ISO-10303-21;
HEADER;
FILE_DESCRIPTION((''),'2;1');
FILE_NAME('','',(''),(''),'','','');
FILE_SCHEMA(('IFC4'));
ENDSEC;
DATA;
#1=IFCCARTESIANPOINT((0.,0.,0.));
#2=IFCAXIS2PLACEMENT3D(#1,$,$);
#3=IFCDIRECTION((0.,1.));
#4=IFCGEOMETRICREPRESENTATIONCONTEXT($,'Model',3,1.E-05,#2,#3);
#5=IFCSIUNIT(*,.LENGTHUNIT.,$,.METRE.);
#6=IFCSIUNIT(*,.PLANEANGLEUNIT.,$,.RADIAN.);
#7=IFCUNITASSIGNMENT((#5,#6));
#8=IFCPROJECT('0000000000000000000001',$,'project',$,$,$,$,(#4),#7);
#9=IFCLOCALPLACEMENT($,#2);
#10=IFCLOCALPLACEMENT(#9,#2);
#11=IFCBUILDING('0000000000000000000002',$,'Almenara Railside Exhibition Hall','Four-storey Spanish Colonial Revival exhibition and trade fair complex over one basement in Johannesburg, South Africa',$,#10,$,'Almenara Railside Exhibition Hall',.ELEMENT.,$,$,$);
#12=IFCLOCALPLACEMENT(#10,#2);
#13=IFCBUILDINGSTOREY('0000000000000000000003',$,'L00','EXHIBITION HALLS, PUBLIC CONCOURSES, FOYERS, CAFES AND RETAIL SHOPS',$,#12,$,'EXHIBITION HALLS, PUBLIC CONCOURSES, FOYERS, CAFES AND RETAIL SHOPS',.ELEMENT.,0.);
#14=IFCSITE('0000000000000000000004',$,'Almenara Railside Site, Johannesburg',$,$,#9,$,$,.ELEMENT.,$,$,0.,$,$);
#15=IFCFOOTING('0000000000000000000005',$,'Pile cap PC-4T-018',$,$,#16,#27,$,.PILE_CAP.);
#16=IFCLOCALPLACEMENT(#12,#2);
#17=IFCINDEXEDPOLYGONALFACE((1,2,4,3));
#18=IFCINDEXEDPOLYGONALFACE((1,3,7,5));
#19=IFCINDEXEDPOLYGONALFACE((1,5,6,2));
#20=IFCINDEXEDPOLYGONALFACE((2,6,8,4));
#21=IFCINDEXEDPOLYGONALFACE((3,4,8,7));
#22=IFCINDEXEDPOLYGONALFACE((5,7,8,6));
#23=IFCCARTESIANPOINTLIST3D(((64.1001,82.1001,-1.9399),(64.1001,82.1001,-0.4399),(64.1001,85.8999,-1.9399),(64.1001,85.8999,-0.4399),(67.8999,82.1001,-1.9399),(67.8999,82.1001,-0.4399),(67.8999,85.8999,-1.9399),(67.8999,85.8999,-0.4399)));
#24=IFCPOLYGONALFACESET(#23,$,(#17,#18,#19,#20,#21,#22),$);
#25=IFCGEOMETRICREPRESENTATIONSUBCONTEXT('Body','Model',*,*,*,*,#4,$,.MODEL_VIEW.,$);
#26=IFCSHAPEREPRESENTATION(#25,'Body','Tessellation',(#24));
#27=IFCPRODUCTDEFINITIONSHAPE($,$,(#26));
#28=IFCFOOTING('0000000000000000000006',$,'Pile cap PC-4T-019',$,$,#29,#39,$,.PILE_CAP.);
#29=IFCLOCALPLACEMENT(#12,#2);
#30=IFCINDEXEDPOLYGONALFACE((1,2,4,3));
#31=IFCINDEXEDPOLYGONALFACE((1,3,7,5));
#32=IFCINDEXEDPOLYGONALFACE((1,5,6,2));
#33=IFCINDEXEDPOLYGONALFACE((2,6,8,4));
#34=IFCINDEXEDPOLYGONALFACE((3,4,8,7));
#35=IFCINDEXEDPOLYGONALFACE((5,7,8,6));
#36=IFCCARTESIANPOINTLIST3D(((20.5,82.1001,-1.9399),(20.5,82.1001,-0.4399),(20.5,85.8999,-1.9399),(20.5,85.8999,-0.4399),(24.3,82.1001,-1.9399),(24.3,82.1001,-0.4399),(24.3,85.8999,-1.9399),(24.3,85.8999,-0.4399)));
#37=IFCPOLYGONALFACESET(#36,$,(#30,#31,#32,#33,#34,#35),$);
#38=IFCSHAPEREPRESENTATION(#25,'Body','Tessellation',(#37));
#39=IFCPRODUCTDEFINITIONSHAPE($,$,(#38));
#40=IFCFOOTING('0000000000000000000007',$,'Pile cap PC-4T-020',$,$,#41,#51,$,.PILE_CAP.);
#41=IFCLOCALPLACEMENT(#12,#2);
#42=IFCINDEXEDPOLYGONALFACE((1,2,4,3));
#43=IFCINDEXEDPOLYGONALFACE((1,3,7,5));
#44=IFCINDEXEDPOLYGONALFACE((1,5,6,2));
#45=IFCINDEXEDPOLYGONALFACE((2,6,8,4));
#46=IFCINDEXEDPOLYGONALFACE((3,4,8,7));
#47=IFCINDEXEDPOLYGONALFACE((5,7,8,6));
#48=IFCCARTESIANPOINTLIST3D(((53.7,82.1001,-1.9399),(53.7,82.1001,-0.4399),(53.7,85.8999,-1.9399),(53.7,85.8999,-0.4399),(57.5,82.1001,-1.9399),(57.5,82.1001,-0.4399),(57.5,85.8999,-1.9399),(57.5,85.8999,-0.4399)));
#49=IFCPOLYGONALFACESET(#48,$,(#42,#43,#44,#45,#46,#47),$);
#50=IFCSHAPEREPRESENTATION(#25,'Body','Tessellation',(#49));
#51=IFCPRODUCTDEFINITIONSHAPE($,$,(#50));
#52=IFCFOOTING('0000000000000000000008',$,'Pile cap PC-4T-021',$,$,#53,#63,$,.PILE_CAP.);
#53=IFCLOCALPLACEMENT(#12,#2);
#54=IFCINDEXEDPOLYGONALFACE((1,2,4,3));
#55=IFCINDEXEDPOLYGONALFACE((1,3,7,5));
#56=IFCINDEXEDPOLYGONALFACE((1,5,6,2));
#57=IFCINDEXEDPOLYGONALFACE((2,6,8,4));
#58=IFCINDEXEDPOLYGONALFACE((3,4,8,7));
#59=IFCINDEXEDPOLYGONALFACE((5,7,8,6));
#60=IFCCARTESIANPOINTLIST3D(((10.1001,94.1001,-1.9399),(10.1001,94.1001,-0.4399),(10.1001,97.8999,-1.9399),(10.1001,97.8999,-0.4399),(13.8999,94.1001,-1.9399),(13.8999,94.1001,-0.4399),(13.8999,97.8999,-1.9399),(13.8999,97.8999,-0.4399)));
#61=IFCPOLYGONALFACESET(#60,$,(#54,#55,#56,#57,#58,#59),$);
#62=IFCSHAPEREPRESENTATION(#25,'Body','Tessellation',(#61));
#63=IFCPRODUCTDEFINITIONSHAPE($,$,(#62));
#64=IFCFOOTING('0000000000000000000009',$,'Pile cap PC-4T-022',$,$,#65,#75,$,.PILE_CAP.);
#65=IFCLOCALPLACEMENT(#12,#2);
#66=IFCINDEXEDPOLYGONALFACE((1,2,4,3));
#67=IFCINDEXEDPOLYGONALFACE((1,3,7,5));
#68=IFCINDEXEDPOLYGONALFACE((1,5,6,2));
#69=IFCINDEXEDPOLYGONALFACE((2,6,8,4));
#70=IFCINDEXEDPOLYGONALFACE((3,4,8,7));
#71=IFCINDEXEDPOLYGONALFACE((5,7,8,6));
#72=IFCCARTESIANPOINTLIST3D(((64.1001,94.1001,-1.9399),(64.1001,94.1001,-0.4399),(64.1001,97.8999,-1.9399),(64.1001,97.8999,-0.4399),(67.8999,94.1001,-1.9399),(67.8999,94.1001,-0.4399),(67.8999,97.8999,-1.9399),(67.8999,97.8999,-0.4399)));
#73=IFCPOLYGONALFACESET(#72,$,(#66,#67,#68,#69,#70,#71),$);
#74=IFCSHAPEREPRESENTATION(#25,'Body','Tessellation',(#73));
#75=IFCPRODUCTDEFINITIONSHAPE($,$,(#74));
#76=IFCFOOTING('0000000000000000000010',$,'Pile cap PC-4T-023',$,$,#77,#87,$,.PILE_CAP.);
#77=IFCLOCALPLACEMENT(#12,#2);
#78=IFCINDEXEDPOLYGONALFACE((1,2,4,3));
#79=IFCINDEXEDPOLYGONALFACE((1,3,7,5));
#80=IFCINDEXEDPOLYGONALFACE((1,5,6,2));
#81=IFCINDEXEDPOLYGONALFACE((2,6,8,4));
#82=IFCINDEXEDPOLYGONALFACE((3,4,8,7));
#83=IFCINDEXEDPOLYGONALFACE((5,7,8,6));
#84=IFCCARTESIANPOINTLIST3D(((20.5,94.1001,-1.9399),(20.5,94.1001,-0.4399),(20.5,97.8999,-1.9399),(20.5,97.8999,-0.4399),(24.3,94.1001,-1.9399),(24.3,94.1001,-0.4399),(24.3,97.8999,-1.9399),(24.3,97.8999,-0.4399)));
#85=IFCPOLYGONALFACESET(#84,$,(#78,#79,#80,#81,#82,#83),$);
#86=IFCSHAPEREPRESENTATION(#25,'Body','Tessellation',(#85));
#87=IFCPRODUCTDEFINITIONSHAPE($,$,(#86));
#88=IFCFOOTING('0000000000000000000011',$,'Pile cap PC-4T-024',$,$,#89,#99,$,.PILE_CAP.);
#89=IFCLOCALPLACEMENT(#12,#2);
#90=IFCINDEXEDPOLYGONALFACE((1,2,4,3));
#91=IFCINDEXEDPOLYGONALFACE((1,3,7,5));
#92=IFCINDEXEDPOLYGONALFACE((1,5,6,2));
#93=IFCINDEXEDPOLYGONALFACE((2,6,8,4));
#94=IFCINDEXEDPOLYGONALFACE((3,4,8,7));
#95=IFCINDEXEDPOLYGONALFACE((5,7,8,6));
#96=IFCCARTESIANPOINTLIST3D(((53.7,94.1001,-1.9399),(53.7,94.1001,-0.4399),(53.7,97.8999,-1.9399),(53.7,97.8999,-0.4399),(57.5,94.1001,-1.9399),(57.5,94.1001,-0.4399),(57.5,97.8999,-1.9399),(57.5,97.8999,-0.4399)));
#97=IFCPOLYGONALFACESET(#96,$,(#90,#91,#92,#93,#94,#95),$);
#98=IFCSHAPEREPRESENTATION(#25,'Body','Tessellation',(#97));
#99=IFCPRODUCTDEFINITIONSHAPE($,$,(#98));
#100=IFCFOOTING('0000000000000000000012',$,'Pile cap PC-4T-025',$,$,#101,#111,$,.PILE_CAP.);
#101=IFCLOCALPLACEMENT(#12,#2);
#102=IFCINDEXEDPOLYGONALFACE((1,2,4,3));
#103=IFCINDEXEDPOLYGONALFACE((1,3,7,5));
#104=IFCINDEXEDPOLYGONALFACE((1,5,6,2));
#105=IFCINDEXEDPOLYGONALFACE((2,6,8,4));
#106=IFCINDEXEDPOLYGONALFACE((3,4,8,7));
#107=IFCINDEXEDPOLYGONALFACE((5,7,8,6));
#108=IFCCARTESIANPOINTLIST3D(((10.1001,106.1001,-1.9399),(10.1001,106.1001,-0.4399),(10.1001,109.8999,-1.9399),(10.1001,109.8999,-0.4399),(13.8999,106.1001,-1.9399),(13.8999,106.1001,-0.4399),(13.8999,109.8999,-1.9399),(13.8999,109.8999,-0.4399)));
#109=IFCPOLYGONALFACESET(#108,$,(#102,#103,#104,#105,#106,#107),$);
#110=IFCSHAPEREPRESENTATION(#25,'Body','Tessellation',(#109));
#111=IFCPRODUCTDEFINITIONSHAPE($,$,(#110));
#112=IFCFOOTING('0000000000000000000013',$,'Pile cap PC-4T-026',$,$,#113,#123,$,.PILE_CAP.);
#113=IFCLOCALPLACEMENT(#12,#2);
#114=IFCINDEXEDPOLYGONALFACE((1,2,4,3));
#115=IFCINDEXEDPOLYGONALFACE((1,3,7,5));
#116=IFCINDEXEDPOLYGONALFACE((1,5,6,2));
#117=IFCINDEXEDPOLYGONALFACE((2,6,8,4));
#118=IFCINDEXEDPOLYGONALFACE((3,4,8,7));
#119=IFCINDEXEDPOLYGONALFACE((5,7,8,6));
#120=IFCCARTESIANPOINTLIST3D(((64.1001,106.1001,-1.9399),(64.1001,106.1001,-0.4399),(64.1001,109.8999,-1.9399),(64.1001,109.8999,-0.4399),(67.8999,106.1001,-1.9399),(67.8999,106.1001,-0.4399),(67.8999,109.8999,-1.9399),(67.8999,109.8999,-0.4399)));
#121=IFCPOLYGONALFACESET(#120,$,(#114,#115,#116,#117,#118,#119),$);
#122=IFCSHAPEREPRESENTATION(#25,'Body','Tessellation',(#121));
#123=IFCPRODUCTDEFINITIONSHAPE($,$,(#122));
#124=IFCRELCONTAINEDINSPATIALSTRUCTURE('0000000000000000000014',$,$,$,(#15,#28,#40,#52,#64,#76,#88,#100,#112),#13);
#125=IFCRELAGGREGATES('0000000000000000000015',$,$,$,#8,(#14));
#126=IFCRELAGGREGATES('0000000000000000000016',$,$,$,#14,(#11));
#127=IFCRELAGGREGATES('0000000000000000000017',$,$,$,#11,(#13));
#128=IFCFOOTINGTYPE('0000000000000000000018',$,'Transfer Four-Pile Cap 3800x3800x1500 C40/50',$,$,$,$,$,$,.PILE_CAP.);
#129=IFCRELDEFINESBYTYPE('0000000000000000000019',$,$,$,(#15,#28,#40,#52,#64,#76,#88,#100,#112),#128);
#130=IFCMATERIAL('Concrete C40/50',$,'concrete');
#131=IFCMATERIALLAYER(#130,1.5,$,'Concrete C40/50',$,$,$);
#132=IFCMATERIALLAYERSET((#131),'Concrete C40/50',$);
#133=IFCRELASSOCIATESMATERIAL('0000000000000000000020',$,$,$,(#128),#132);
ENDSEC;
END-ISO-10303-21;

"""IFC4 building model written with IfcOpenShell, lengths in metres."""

from ifc_helpers import new_model, si_unit, direction, frame, origin, place, context, subcontext, project, spatial, polyline, outline, extrude, material, layer, layer_set, type_object, element, save


model = new_model("IFC4")

# Units and contexts
model_context = context("Model", 3, precision=1e-05, world=origin(), true_north=direction((0.0, 1.0)))
body_context = subcontext(model_context, "Body", "Model", "MODEL_VIEW")
ifc_project = project(units=[si_unit("LENGTHUNIT", "METRE"), si_unit("PLANEANGLEUNIT", "RADIAN")], contexts=[model_context])

# Site, building, storey
site_placement = place(None, origin())
site = spatial("IfcSite", under=ifc_project, at=site_placement, Name="Almenara Railside Site, Johannesburg", CompositionType="ELEMENT", RefElevation=0.0)
building_placement = place(site_placement, origin())
building = spatial("IfcBuilding", under=site, at=building_placement, Name="Almenara Railside Exhibition Hall", Description="Four-storey Spanish Colonial Revival exhibition and trade fair complex over one basement in Johannesburg, South Africa", LongName="Almenara Railside Exhibition Hall", CompositionType="ELEMENT")
storey_placement = place(building_placement, origin())
storey = spatial("IfcBuildingStorey", under=building, at=storey_placement, Name="L00", Description="EXHIBITION HALLS, PUBLIC CONCOURSES, FOYERS, CAFES AND RETAIL SHOPS", LongName="EXHIBITION HALLS, PUBLIC CONCOURSES, FOYERS, CAFES AND RETAIL SHOPS", CompositionType="ELEMENT", Elevation=0.0)

# Footings
ifc_material = material(Name="Concrete C40/50", Category="concrete")
ifc_layer_1 = layer(ifc_material, 1.5, Name="Concrete C40/50")
ifc_layer_set_1 = layer_set([ifc_layer_1], Name="Concrete C40/50")
footing_type_1 = type_object("IfcFootingType", Name="Transfer Four-Pile Cap 3800x3800x1500 C40/50", PredefinedType="PILE_CAP", material=ifc_layer_set_1)
footing_1_placement = place(storey_placement, frame((0.0, 0.0, -1.9399)))
element("IfcFooting", 1, at=footing_1_placement, inside=storey, type_object=footing_type_1, Name="Pile cap PC-4T-018", PredefinedType="PILE_CAP", context=body_context, shape_type="SweptSolid", body=[
    extrude(outline(polyline([(64.1001, 82.1001), (67.8999, 82.1001), (67.8999, 85.8999), (64.1001, 85.8999), (64.1001, 82.1001)])), origin(), (0.0, 0.0, 1.0), 1.5),
])
footing_2_placement = place(storey_placement, frame((0.0, 0.0, -1.9399)))
element("IfcFooting", 2, at=footing_2_placement, inside=storey, type_object=footing_type_1, Name="Pile cap PC-4T-019", PredefinedType="PILE_CAP", context=body_context, shape_type="SweptSolid", body=[
    extrude(outline(polyline([(20.5, 82.1001), (24.3, 82.1001), (24.3, 85.8999), (20.5, 85.8999), (20.5, 82.1001)])), origin(), (0.0, 0.0, 1.0), 1.5),
])
footing_3_placement = place(storey_placement, frame((0.0, 0.0, -1.9399)))
element("IfcFooting", 3, at=footing_3_placement, inside=storey, type_object=footing_type_1, Name="Pile cap PC-4T-020", PredefinedType="PILE_CAP", context=body_context, shape_type="SweptSolid", body=[
    extrude(outline(polyline([(53.7, 82.1001), (57.5, 82.1001), (57.5, 85.8999), (53.7, 85.8999), (53.7, 82.1001)])), origin(), (0.0, 0.0, 1.0), 1.5),
])
footing_4_placement = place(storey_placement, frame((0.0, 0.0, -1.9399)))
element("IfcFooting", 4, at=footing_4_placement, inside=storey, type_object=footing_type_1, Name="Pile cap PC-4T-021", PredefinedType="PILE_CAP", context=body_context, shape_type="SweptSolid", body=[
    extrude(outline(polyline([(10.1001, 94.1001), (13.8999, 94.1001), (13.8999, 97.8999), (10.1001, 97.8999), (10.1001, 94.1001)])), origin(), (0.0, 0.0, 1.0), 1.5),
])
footing_5_placement = place(storey_placement, frame((0.0, 0.0, -1.9399)))
element("IfcFooting", 5, at=footing_5_placement, inside=storey, type_object=footing_type_1, Name="Pile cap PC-4T-022", PredefinedType="PILE_CAP", context=body_context, shape_type="SweptSolid", body=[
    extrude(outline(polyline([(64.1001, 94.1001), (67.8999, 94.1001), (67.8999, 97.8999), (64.1001, 97.8999), (64.1001, 94.1001)])), origin(), (0.0, 0.0, 1.0), 1.5),
])
footing_6_placement = place(storey_placement, frame((0.0, 0.0, -1.9399)))
element("IfcFooting", 6, at=footing_6_placement, inside=storey, type_object=footing_type_1, Name="Pile cap PC-4T-023", PredefinedType="PILE_CAP", context=body_context, shape_type="SweptSolid", body=[
    extrude(outline(polyline([(20.5, 94.1001), (24.3, 94.1001), (24.3, 97.8999), (20.5, 97.8999), (20.5, 94.1001)])), origin(), (0.0, 0.0, 1.0), 1.5),
])
footing_7_placement = place(storey_placement, frame((0.0, 0.0, -1.9399)))
element("IfcFooting", 7, at=footing_7_placement, inside=storey, type_object=footing_type_1, Name="Pile cap PC-4T-024", PredefinedType="PILE_CAP", context=body_context, shape_type="SweptSolid", body=[
    extrude(outline(polyline([(53.7, 94.1001), (57.5, 94.1001), (57.5, 97.8999), (53.7, 97.8999), (53.7, 94.1001)])), origin(), (0.0, 0.0, 1.0), 1.5),
])
footing_8_placement = place(storey_placement, frame((0.0, 0.0, -1.9399)))
element("IfcFooting", 8, at=footing_8_placement, inside=storey, type_object=footing_type_1, Name="Pile cap PC-4T-025", PredefinedType="PILE_CAP", context=body_context, shape_type="SweptSolid", body=[
    extrude(outline(polyline([(10.1001, 106.1001), (13.8999, 106.1001), (13.8999, 109.8999), (10.1001, 109.8999), (10.1001, 106.1001)])), origin(), (0.0, 0.0, 1.0), 1.5),
])
footing_9_placement = place(storey_placement, frame((0.0, 0.0, -1.9399)))
element("IfcFooting", 9, at=footing_9_placement, inside=storey, type_object=footing_type_1, Name="Pile cap PC-4T-026", PredefinedType="PILE_CAP", context=body_context, shape_type="SweptSolid", body=[
    extrude(outline(polyline([(64.1001, 106.1001), (67.8999, 106.1001), (67.8999, 109.8999), (64.1001, 109.8999), (64.1001, 106.1001)])), origin(), (0.0, 0.0, 1.0), 1.5),
])

save(model, "model.ifc")
